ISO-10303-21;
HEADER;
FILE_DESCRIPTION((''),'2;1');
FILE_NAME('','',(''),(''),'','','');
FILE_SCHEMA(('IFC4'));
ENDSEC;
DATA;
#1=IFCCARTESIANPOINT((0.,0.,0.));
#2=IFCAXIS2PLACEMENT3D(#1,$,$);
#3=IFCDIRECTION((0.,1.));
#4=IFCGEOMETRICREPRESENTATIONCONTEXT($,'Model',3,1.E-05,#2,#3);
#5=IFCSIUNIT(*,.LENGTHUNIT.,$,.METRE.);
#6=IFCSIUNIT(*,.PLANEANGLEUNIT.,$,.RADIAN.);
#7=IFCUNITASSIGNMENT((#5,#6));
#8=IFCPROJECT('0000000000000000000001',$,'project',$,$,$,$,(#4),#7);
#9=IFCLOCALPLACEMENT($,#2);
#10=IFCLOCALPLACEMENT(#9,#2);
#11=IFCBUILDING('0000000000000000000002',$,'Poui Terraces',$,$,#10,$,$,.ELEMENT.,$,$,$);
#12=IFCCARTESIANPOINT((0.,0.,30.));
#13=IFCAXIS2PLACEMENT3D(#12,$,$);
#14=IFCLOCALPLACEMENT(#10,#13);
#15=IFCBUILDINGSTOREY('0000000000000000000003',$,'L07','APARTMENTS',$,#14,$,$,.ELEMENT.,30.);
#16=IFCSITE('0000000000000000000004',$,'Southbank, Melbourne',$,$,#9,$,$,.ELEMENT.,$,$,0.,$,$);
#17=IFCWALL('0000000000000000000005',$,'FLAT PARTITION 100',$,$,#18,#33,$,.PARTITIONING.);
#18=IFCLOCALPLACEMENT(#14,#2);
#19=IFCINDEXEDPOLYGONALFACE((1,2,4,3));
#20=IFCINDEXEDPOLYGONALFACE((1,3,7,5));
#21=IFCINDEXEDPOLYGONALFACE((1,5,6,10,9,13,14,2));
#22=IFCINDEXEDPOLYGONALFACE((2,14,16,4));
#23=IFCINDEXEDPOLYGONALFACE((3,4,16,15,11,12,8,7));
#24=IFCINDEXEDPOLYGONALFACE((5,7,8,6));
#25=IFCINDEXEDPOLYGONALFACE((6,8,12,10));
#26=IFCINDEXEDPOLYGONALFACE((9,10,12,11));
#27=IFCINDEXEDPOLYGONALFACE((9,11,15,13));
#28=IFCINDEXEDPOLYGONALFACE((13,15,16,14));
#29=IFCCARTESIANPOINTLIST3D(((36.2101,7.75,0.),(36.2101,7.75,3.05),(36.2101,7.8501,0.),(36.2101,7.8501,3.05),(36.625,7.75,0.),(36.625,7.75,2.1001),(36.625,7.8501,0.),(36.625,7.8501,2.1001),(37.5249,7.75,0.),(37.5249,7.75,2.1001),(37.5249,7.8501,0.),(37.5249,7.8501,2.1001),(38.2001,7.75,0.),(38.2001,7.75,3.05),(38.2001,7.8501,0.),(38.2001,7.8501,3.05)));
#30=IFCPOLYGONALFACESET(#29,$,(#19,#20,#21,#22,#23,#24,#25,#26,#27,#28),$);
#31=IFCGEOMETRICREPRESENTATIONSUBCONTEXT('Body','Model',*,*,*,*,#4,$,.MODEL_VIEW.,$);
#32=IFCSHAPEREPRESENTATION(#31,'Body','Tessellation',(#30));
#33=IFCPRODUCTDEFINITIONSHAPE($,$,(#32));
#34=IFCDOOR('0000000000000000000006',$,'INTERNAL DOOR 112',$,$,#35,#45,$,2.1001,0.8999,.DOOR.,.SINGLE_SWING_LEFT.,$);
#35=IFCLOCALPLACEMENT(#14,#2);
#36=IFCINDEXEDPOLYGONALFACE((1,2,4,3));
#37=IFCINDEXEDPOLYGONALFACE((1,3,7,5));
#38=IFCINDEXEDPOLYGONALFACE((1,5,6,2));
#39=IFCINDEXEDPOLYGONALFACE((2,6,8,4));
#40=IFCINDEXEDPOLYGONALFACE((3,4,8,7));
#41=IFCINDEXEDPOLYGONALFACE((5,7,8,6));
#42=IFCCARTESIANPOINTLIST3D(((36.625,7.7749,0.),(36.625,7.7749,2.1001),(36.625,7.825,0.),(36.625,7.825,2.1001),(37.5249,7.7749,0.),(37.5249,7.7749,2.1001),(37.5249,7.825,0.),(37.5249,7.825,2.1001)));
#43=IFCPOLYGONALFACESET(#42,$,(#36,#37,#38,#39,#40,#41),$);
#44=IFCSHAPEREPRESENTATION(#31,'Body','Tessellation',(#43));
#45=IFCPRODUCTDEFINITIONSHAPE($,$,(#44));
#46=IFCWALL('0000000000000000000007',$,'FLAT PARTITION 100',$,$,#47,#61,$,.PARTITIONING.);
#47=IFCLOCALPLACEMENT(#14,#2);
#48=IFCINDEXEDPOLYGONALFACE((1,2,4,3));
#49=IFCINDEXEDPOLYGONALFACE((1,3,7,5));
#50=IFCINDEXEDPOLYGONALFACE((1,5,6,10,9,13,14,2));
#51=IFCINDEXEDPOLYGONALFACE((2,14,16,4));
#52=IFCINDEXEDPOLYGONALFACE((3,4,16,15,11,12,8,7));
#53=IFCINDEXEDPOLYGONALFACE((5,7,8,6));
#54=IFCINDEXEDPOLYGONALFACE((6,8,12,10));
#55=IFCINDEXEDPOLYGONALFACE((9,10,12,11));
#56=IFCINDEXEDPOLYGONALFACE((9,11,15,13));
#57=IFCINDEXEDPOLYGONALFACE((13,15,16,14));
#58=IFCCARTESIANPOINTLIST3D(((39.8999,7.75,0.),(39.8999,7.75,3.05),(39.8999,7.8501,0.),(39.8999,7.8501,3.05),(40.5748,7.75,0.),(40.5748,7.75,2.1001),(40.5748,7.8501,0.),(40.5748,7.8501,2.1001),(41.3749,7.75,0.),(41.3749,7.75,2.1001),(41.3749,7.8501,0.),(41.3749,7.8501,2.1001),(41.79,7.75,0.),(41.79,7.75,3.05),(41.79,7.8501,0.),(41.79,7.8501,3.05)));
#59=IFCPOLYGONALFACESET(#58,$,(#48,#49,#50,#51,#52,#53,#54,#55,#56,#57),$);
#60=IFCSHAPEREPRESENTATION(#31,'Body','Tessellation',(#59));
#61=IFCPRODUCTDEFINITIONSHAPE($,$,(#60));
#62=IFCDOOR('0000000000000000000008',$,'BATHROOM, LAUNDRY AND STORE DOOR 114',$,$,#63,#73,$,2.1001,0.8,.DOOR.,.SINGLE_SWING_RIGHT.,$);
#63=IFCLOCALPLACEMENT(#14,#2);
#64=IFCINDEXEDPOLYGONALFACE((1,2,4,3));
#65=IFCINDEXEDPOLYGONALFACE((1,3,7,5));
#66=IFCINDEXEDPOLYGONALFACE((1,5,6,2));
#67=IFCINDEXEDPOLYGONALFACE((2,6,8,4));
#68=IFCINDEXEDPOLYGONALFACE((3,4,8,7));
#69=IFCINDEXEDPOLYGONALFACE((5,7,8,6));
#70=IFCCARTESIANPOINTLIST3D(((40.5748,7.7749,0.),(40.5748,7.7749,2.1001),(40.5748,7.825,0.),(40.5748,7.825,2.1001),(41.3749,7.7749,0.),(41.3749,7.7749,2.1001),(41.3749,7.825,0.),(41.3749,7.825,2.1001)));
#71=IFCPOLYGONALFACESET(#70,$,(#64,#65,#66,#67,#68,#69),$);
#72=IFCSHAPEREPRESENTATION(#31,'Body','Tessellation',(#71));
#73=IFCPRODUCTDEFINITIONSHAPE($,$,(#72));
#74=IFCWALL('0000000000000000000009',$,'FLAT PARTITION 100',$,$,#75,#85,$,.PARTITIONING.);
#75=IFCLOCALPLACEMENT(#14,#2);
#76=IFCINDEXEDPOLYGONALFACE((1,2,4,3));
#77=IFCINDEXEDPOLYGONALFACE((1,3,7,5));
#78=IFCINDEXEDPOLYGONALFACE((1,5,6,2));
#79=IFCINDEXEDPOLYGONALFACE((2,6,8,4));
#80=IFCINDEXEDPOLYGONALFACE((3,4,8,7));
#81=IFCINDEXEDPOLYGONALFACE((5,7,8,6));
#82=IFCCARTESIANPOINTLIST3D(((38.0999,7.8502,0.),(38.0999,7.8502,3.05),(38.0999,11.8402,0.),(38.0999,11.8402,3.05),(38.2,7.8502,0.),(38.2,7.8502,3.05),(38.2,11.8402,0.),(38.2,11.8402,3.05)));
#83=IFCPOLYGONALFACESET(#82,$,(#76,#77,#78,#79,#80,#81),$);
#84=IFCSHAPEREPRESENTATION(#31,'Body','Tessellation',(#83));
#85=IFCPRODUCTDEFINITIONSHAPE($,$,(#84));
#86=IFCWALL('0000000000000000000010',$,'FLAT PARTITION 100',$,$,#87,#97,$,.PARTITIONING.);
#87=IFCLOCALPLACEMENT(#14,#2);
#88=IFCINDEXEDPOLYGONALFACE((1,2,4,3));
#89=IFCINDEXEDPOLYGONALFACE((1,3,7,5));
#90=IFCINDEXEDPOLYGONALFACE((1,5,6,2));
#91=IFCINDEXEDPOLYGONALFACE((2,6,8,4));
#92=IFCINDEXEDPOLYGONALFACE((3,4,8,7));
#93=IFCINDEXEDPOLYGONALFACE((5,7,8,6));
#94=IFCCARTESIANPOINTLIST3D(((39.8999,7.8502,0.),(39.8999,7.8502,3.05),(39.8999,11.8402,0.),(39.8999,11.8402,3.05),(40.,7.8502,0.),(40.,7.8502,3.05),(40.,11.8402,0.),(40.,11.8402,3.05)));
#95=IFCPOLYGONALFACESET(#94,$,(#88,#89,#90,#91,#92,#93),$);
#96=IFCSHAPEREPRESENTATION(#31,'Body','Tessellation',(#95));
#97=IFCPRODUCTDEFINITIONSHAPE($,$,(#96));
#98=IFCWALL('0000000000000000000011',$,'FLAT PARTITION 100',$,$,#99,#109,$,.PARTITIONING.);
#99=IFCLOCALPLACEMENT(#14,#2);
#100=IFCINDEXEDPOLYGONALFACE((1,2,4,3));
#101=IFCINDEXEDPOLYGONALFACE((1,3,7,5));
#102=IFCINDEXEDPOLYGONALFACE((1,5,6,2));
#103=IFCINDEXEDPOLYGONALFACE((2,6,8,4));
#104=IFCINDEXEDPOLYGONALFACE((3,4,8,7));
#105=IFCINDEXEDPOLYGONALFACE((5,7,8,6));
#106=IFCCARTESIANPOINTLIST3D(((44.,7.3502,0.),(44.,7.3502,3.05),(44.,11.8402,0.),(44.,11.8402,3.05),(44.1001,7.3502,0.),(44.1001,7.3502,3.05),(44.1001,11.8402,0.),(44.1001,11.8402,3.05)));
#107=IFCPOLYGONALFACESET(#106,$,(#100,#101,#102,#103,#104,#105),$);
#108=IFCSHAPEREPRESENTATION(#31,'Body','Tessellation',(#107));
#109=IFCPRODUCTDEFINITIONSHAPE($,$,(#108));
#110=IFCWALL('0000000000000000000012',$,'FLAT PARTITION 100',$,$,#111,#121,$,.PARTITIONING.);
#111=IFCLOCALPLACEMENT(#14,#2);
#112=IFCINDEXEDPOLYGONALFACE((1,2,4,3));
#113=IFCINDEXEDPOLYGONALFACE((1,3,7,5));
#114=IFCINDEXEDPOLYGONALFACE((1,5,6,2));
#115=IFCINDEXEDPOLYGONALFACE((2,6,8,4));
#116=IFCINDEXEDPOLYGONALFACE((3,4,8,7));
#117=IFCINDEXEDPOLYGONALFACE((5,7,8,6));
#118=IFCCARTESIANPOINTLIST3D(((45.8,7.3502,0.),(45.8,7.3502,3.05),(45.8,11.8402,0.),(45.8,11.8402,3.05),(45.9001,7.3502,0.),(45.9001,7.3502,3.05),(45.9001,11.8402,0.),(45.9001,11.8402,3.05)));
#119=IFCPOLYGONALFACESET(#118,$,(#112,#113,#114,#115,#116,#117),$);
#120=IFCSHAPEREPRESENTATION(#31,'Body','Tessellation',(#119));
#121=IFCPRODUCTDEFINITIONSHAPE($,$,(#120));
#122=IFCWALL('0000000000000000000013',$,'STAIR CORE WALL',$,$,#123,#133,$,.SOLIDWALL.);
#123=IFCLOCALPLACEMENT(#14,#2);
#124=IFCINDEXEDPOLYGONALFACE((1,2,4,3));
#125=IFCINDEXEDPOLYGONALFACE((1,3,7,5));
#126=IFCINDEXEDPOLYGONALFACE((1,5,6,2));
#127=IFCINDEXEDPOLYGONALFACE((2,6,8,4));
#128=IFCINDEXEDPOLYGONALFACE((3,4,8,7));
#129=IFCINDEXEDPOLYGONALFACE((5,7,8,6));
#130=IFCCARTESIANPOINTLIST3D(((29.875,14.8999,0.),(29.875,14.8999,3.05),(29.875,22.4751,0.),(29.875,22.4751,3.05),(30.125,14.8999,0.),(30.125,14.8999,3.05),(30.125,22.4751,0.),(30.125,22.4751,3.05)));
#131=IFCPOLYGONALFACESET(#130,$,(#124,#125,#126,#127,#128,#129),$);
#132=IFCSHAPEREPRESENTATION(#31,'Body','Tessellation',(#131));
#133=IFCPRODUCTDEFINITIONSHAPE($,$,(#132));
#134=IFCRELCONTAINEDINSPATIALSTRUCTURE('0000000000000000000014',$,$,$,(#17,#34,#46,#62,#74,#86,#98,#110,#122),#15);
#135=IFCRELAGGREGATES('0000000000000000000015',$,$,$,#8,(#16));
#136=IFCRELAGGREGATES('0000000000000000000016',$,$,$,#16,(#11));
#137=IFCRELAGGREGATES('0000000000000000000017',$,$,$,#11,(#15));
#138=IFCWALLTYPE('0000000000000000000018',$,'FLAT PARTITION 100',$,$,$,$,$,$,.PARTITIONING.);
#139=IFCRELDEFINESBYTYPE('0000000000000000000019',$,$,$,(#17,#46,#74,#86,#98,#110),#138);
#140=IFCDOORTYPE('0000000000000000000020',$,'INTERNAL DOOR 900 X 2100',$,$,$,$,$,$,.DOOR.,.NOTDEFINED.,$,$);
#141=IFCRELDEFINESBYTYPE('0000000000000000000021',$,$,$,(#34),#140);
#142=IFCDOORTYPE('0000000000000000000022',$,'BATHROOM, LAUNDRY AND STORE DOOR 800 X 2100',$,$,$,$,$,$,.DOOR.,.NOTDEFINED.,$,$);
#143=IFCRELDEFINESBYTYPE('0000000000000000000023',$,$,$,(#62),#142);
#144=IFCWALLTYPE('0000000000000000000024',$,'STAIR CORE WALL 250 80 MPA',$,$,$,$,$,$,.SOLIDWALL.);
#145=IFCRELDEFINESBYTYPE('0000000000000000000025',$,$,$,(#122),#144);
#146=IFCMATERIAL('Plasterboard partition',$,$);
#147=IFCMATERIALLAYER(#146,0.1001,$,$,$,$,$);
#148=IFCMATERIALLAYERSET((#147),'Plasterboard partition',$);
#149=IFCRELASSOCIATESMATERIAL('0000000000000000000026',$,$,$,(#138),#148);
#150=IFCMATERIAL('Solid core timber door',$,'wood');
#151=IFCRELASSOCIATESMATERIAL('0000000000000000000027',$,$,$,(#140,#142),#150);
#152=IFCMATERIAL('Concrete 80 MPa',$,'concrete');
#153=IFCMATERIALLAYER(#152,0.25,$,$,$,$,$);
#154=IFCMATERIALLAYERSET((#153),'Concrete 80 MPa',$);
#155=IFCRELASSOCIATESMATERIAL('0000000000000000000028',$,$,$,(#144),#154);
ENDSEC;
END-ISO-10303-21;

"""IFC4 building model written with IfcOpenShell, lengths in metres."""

from ifc_helpers import new_model, si_unit, direction, frame, frame_2d, origin, place, context, subcontext, project, spatial, rectangle, extrude, material, layer, layer_set, type_object, element, fill, save


model = new_model("IFC4")

# Units and contexts
model_context = context("Model", 3, precision=1e-05, world=origin(), true_north=direction((0.0, 1.0)))
body_context = subcontext(model_context, "Body", "Model", "MODEL_VIEW")
ifc_project = project(units=[si_unit("LENGTHUNIT", "METRE"), si_unit("PLANEANGLEUNIT", "RADIAN")], contexts=[model_context])

# Site, building, storey
site_placement = place(None, origin())
site = spatial("IfcSite", under=ifc_project, at=site_placement, Name="Southbank, Melbourne", CompositionType="ELEMENT", RefElevation=0.0)
building_placement = place(site_placement, origin())
building = spatial("IfcBuilding", under=site, at=building_placement, Name="Poui Terraces", CompositionType="ELEMENT")
storey_placement = place(building_placement, frame((0.0, 0.0, 30.0)))
storey = spatial("IfcBuildingStorey", under=building, at=storey_placement, Name="L07", Description="APARTMENTS", CompositionType="ELEMENT", Elevation=30.0)

# Shared definitions
ifc_material_1 = material(Name="Concrete 80 MPa", Category="concrete")

# Walls, openings, doors
ifc_material_2 = material(Name="Plasterboard partition")
ifc_layer_1 = layer(ifc_material_2, 0.1001)
ifc_layer_set_1 = layer_set([ifc_layer_1], Name="Plasterboard partition")
wall_type_1 = type_object("IfcWallType", Name="FLAT PARTITION 100", PredefinedType="PARTITIONING", material=ifc_layer_set_1)
ifc_material_3 = material(Name="Solid core timber door", Category="wood")
door_type_1 = type_object("IfcDoorType", Name="INTERNAL DOOR 900 X 2100", OperationType="NOTDEFINED", PredefinedType="DOOR", material=ifc_material_3)
door_type_2 = type_object("IfcDoorType", Name="BATHROOM, LAUNDRY AND STORE DOOR 800 X 2100", OperationType="NOTDEFINED", PredefinedType="DOOR", material=ifc_material_3)
wall_1_placement = place(storey_placement, frame((36.21, 7.8, 0.0), z_axis=(0.0, 0.0, 1.0), x_axis=(1.0, 0.0, 0.0)))
wall_1 = element("IfcWall", 1, at=wall_1_placement, inside=storey, type_object=wall_type_1, Name="FLAT PARTITION 100", PredefinedType="PARTITIONING", context=body_context, shape_type="SweptSolid", body=[
    extrude(rectangle(XDim=1.99, YDim=0.1001, at=frame_2d((0.9951, 0.0))), origin(), (0.0, 0.0, 1.0), 3.05),
])
opening_1_placement = place(wall_1_placement, frame((0.415, 0.0, 0.0)))
opening_1 = element("IfcOpeningElement", 2, at=opening_1_placement, cuts=wall_1, PredefinedType="OPENING", context=body_context, shape_type="SweptSolid", body=[
    extrude(rectangle(XDim=0.8999, YDim=2.1001, at=frame_2d((0.45, 1.05))), frame((0.0, 0.0601, 0.0), z_axis=(0.0, -1.0, 0.0), x_axis=(1.0, 0.0, 0.0)), (0.0, 0.0, 1.0), 0.1201),
])
door_1_placement = place(opening_1_placement, origin())
door_1 = element("IfcDoor", 3, at=door_1_placement, inside=storey, type_object=door_type_1, Name="INTERNAL DOOR 112", OperationType="SINGLE_SWING_LEFT", OverallHeight=2.1001, OverallWidth=0.8999, PredefinedType="DOOR", context=body_context, shape_type="SweptSolid", body=[
    extrude(rectangle(XDim=0.8999, YDim=2.1001, at=frame_2d((0.45, 1.05))), frame((0.0, 0.0249, 0.0), z_axis=(0.0, -1.0, 0.0), x_axis=(1.0, 0.0, 0.0)), (0.0, 0.0, 1.0), 0.05),
])
fill(opening_1, door_1)
wall_2_placement = place(storey_placement, frame((39.8999, 7.8, 0.0), z_axis=(0.0, 0.0, 1.0), x_axis=(1.0, 0.0, 0.0)))
wall_2 = element("IfcWall", 4, at=wall_2_placement, inside=storey, type_object=wall_type_1, Name="FLAT PARTITION 100", PredefinedType="PARTITIONING", context=body_context, shape_type="SweptSolid", body=[
    extrude(rectangle(XDim=1.8901, YDim=0.1001, at=frame_2d((0.9451, 0.0))), origin(), (0.0, 0.0, 1.0), 3.05),
])
opening_2_placement = place(wall_2_placement, frame((0.675, 0.0, 0.0)))
opening_2 = element("IfcOpeningElement", 5, at=opening_2_placement, cuts=wall_2, PredefinedType="OPENING", context=body_context, shape_type="SweptSolid", body=[
    extrude(rectangle(XDim=0.8, YDim=2.1001, at=frame_2d((0.3999, 1.05))), frame((0.0, 0.0601, 0.0), z_axis=(0.0, -1.0, 0.0), x_axis=(1.0, 0.0, 0.0)), (0.0, 0.0, 1.0), 0.1201),
])
door_2_placement = place(opening_2_placement, origin())
door_2 = element("IfcDoor", 6, at=door_2_placement, inside=storey, type_object=door_type_2, Name="BATHROOM, LAUNDRY AND STORE DOOR 114", OperationType="SINGLE_SWING_RIGHT", OverallHeight=2.1001, OverallWidth=0.8, PredefinedType="DOOR", context=body_context, shape_type="SweptSolid", body=[
    extrude(rectangle(XDim=0.8, YDim=2.1001, at=frame_2d((0.3999, 1.05))), frame((0.0, 0.0249, 0.0), z_axis=(0.0, -1.0, 0.0), x_axis=(1.0, 0.0, 0.0)), (0.0, 0.0, 1.0), 0.05),
])
fill(opening_2, door_2)

# Walls
for number, where, z_axis, x_axis, name in (
    (7, (38.1499, 7.8501, 0.0), (0.0, 0.0, 1.0), (0.0, 1.0, 0.0), "FLAT PARTITION 100"),
    (8, (39.95, 7.8501, 0.0), (0.0, 0.0, 1.0), (0.0, 1.0, 0.0), "FLAT PARTITION 100"),
):
    element("IfcWall", number, at=place(storey_placement, frame(where, z_axis=z_axis, x_axis=x_axis)), inside=storey, type_object=wall_type_1, Name=name, PredefinedType="PARTITIONING", context=body_context, shape_type="SweptSolid", body=[
        extrude(rectangle(XDim=3.99, YDim=0.1001, at=frame_2d((1.9951, 0.0))), origin(), (0.0, 0.0, 1.0), 3.05),
    ])
for number, where, z_axis, x_axis, name in (
    (9, (44.05, 7.3501, 0.0), (0.0, 0.0, 1.0), (0.0, 1.0, 0.0), "FLAT PARTITION 100"),
    (10, (45.8501, 7.3501, 0.0), (0.0, 0.0, 1.0), (0.0, 1.0, 0.0), "FLAT PARTITION 100"),
):
    element("IfcWall", number, at=place(storey_placement, frame(where, z_axis=z_axis, x_axis=x_axis)), inside=storey, type_object=wall_type_1, Name=name, PredefinedType="PARTITIONING", context=body_context, shape_type="SweptSolid", body=[
        extrude(rectangle(XDim=4.49, YDim=0.1001, at=frame_2d((2.2451, 0.0))), origin(), (0.0, 0.0, 1.0), 3.05),
    ])
ifc_layer_2 = layer(ifc_material_1, 0.25)
ifc_layer_set_2 = layer_set([ifc_layer_2], Name="Concrete 80 MPa")
wall_type_2 = type_object("IfcWallType", Name="STAIR CORE WALL 250 80 MPA", PredefinedType="SOLIDWALL", material=ifc_layer_set_2)
wall_3_placement = place(storey_placement, frame((30.0, 14.8999, 0.0), z_axis=(0.0, 0.0, 1.0), x_axis=(0.0, 1.0, 0.0)))
element("IfcWall", 11, at=wall_3_placement, inside=storey, type_object=wall_type_2, Name="STAIR CORE WALL", PredefinedType="SOLIDWALL", context=body_context, shape_type="SweptSolid", body=[
    extrude(rectangle(XDim=7.5752, YDim=0.25, at=frame_2d((3.7876, 0.0))), origin(), (0.0, 0.0, 1.0), 3.05),
])

save(model, "model.ifc")
